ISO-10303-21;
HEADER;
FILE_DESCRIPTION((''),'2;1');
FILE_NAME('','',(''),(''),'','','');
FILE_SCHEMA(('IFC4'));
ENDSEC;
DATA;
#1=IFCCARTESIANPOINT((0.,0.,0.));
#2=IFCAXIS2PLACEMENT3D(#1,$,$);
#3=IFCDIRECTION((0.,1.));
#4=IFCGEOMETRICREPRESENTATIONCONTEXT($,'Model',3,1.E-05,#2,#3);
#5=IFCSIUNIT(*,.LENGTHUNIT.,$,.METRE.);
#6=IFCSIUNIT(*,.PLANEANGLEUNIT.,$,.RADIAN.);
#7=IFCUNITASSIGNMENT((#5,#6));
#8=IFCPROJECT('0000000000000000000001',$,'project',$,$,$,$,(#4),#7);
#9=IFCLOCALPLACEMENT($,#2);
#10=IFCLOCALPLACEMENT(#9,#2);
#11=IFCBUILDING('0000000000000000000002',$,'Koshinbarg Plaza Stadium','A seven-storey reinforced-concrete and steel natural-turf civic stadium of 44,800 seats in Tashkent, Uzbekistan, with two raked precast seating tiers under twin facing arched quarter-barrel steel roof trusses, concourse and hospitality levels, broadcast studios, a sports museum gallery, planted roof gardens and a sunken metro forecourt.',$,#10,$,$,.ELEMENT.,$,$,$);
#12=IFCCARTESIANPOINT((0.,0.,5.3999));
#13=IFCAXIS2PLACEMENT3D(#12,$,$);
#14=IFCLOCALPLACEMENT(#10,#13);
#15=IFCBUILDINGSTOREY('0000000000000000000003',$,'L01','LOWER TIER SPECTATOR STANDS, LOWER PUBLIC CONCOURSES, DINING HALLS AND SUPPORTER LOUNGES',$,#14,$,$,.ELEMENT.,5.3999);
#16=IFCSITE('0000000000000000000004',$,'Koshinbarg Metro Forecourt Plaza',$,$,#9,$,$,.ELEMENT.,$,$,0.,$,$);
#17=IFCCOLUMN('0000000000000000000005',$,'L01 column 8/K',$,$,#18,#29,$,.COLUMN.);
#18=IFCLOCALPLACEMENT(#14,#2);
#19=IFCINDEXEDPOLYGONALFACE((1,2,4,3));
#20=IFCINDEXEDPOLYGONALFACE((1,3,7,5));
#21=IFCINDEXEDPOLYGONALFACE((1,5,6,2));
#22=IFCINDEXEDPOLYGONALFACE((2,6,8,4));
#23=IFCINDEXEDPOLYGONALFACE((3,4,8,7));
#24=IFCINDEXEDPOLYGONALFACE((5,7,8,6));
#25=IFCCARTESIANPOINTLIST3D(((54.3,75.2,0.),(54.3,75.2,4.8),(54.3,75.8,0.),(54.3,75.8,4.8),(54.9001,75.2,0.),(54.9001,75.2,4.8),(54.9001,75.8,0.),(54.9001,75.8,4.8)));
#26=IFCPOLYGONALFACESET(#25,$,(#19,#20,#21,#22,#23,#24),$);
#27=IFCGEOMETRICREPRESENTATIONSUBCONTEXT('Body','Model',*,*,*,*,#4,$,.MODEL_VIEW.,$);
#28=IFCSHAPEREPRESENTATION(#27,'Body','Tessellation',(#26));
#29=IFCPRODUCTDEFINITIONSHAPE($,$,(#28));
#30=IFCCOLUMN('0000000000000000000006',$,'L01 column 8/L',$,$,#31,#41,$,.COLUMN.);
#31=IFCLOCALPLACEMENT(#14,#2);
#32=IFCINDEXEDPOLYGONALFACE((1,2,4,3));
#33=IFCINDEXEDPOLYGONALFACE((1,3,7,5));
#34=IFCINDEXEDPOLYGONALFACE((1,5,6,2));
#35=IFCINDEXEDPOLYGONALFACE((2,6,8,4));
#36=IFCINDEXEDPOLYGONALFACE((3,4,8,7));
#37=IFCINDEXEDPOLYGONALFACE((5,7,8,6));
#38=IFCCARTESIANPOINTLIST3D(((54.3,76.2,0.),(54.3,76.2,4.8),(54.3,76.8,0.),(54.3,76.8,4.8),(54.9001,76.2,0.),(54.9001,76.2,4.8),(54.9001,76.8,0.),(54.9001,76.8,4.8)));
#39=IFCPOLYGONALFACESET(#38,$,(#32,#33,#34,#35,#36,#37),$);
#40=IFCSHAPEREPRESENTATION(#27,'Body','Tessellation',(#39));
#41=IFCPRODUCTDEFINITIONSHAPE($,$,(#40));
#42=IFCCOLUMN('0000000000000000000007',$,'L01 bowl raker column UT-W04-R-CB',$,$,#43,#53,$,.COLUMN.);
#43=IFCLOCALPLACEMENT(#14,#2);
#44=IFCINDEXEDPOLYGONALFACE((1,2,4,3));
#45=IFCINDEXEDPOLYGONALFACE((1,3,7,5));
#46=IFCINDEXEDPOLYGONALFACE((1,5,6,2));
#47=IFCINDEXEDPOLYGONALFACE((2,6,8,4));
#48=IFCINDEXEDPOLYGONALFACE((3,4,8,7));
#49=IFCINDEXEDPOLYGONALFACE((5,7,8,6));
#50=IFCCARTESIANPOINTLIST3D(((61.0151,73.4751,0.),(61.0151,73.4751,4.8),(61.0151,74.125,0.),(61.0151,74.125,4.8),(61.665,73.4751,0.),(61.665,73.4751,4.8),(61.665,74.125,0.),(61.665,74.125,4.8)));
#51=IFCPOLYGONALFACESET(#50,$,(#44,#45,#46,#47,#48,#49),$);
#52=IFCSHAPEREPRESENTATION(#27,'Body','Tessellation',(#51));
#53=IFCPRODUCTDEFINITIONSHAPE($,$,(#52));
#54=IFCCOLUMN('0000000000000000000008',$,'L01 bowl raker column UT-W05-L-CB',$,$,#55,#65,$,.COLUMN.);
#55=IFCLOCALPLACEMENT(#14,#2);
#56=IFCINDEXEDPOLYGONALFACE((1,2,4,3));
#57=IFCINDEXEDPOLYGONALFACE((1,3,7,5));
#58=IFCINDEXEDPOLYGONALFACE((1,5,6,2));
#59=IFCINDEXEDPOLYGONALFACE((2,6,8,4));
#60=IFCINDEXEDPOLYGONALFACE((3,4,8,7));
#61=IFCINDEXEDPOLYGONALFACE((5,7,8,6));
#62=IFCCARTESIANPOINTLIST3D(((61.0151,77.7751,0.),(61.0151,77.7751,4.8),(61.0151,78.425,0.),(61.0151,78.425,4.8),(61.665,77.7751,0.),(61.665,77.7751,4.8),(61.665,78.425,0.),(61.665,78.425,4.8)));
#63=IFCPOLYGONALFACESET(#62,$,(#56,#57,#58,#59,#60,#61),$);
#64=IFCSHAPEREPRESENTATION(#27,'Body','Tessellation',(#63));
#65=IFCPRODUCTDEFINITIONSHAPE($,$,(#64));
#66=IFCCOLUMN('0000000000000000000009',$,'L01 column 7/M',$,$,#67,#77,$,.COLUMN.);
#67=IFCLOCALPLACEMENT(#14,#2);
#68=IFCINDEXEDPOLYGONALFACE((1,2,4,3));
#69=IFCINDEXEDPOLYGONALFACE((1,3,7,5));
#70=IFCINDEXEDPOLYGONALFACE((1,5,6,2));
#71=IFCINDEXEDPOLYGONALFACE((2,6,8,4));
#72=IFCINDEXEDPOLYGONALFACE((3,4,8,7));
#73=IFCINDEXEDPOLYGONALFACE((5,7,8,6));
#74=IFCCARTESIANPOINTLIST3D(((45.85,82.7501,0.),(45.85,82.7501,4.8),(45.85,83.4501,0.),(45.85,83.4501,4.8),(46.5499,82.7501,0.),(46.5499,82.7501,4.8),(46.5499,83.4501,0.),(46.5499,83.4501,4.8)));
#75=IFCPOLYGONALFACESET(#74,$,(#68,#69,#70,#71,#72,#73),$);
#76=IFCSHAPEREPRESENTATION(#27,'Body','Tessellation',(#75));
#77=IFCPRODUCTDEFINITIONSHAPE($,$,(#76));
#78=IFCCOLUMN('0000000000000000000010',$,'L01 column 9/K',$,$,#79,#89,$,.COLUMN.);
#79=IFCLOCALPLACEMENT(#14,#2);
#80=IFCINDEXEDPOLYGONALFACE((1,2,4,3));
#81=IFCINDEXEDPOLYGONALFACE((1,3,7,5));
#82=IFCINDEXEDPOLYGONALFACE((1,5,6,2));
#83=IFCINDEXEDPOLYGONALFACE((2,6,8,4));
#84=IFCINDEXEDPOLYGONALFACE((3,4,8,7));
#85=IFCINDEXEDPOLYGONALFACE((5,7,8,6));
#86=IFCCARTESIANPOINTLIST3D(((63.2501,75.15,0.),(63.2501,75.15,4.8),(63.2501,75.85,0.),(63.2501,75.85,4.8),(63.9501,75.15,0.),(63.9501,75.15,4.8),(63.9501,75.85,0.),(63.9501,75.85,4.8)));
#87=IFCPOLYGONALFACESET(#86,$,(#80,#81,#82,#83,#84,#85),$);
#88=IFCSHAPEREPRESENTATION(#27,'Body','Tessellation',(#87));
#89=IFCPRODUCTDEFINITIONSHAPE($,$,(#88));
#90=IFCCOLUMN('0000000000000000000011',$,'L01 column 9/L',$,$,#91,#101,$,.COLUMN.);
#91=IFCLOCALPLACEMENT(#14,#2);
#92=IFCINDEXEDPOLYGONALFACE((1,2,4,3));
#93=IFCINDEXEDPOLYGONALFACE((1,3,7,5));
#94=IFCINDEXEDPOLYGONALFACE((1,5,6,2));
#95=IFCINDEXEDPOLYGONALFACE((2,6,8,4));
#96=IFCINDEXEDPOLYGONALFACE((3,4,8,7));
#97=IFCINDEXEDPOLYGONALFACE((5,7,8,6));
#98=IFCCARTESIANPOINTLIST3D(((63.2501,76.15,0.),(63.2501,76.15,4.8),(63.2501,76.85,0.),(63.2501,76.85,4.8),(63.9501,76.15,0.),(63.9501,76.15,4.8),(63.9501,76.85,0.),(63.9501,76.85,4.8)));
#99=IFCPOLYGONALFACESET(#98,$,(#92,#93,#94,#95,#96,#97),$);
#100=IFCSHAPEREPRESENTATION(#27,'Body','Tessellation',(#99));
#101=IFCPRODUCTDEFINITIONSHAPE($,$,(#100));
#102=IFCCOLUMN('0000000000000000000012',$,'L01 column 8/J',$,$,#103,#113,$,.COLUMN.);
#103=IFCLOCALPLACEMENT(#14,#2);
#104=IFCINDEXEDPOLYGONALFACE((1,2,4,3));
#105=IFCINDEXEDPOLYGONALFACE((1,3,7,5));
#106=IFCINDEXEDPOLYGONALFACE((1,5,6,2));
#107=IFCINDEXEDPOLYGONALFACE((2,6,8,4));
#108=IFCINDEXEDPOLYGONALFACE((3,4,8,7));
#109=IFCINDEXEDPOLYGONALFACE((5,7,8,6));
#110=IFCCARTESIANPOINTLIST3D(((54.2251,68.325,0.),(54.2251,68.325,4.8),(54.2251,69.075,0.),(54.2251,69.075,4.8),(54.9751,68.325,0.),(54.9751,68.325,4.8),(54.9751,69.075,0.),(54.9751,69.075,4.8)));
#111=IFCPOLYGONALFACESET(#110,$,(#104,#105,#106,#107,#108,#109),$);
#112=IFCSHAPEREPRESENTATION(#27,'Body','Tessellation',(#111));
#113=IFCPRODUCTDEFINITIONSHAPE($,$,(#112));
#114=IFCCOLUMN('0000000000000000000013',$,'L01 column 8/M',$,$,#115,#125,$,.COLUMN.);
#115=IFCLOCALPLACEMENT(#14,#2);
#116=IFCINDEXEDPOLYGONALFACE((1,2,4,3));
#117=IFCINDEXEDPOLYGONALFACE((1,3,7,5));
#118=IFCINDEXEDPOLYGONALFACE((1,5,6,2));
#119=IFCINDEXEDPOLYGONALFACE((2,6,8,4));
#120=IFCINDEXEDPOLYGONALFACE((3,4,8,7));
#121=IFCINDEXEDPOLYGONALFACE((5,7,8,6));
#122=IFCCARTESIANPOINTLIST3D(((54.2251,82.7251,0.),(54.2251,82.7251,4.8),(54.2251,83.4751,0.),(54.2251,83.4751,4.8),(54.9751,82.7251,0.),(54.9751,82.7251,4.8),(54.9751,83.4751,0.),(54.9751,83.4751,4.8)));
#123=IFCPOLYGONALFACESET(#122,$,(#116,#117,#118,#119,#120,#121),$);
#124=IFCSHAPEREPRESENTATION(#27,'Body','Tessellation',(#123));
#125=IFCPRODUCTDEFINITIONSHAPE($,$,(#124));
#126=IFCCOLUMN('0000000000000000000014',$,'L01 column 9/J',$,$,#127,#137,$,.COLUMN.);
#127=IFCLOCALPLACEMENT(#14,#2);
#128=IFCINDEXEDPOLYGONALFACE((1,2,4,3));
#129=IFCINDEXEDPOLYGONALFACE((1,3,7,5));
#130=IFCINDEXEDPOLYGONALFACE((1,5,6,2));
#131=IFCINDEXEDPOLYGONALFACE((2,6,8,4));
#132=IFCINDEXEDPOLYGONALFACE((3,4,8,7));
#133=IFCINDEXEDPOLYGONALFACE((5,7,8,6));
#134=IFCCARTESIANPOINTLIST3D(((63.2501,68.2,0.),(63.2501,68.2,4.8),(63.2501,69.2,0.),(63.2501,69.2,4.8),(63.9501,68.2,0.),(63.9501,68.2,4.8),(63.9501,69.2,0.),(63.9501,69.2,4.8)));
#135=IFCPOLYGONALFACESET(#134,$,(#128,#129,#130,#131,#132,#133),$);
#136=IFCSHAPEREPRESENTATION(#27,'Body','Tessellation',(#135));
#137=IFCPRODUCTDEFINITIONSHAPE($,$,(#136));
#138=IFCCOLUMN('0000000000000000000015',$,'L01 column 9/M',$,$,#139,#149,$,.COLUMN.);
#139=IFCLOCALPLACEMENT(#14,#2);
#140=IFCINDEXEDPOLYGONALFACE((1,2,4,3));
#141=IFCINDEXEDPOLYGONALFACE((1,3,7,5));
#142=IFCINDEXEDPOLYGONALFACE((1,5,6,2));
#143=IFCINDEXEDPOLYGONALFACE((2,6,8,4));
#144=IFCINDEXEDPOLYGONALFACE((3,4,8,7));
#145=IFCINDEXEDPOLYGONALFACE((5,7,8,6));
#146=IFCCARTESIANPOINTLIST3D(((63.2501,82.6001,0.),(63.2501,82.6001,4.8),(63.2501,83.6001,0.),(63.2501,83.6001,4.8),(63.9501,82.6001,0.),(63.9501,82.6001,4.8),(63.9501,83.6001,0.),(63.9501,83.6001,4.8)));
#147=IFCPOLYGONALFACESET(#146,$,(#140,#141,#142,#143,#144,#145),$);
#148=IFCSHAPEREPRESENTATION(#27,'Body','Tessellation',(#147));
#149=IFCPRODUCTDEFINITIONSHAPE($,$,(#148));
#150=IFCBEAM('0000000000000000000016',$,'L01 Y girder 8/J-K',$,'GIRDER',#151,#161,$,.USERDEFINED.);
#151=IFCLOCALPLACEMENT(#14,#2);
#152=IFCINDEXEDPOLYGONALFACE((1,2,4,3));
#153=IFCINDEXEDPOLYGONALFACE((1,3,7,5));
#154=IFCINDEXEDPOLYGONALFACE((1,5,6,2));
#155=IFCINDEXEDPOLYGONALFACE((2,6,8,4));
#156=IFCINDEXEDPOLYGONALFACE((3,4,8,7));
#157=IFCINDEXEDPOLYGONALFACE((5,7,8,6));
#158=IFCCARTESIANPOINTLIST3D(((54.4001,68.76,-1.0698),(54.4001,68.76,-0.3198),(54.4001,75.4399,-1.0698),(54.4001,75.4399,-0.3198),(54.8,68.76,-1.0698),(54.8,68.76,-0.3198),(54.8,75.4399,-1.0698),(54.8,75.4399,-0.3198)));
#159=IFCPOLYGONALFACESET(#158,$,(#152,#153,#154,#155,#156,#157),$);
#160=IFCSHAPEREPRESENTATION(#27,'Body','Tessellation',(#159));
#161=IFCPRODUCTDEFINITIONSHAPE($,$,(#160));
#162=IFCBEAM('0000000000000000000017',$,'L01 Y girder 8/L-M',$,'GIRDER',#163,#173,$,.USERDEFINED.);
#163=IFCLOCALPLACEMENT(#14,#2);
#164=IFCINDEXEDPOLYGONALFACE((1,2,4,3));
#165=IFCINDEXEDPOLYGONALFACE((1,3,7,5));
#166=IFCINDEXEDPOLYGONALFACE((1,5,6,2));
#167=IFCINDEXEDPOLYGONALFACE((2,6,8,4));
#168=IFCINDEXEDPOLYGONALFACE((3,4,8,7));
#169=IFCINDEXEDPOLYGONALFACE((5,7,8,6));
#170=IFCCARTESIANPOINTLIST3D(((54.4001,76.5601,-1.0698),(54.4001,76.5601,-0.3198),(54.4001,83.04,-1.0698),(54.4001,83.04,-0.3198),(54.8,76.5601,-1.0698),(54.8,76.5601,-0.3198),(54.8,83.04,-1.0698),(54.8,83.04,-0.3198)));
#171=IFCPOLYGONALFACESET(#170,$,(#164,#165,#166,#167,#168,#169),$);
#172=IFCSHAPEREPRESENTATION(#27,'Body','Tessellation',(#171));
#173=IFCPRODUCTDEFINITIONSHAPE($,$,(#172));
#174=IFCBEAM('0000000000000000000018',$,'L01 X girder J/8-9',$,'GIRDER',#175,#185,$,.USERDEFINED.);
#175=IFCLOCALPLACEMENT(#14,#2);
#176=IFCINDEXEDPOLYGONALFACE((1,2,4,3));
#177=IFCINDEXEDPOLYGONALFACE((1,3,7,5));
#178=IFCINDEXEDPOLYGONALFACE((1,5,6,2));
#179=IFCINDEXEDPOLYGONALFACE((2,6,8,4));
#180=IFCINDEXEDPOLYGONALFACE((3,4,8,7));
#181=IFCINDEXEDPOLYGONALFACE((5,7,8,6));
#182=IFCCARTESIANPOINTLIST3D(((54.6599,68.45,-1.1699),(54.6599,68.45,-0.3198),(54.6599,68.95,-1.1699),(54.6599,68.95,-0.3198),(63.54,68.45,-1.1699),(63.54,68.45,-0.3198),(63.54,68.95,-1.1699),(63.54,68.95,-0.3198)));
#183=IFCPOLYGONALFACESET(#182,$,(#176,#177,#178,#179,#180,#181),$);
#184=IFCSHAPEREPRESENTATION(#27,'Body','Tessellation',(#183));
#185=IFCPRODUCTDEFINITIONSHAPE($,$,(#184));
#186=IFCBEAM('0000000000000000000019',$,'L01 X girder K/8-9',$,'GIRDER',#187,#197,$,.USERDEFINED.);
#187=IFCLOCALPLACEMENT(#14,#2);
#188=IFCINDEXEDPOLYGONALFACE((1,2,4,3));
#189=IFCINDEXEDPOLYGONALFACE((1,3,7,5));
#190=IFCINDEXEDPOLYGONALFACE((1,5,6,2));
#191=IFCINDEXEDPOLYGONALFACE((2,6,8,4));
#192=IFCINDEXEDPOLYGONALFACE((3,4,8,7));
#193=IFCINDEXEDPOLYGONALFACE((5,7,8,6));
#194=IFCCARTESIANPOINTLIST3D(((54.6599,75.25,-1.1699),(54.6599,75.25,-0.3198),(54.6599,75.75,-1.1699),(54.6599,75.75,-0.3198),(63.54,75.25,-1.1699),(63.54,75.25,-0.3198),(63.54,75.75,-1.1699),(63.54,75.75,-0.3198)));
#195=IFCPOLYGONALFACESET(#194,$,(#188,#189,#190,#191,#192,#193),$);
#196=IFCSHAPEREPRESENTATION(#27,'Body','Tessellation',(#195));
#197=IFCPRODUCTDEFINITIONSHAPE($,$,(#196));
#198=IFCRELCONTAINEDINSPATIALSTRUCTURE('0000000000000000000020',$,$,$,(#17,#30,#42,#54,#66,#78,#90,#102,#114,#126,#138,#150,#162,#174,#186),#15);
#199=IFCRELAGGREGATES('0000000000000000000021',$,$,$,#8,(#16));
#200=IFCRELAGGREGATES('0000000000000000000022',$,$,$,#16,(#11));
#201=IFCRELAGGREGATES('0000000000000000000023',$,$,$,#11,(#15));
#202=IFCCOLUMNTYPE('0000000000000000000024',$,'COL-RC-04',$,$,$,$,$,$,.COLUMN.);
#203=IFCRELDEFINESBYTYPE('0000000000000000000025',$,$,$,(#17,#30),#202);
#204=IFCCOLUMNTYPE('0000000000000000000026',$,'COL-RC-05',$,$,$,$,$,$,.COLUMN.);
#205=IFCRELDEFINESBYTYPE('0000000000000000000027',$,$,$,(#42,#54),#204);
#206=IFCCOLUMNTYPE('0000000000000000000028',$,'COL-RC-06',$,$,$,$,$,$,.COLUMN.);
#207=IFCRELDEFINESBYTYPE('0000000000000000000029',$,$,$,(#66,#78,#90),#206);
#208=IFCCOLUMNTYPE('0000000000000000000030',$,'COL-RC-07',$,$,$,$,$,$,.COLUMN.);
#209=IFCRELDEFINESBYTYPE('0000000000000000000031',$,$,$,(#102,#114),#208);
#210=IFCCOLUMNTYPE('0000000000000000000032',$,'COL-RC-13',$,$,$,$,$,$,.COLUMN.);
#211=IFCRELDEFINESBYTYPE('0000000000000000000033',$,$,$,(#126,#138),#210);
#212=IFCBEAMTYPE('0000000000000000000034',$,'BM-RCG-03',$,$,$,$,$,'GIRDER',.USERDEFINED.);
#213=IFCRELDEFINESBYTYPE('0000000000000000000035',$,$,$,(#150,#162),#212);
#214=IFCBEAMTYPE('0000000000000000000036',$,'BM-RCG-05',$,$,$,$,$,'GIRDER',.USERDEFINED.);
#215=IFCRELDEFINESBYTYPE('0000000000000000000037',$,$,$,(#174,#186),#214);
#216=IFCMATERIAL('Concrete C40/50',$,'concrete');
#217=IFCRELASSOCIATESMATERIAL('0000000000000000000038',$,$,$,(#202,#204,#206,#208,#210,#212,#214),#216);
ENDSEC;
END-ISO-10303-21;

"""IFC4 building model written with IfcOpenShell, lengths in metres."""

from ifc_helpers import new_model, si_unit, direction, frame, origin, origin_2d, place, context, subcontext, project, spatial, rectangle, extrude, material, material_profile, profile_set, type_object, element, save


model = new_model("IFC4")

# Units and contexts
model_context = context("Model", 3, precision=1e-05, world=origin(), true_north=direction((0.0, 1.0)))
body_context = subcontext(model_context, "Body", "Model", "MODEL_VIEW")
ifc_project = project(units=[si_unit("LENGTHUNIT", "METRE"), si_unit("PLANEANGLEUNIT", "RADIAN")], contexts=[model_context])

# Site, building, storey
site_placement = place(None, origin())
site = spatial("IfcSite", under=ifc_project, at=site_placement, Name="Koshinbarg Metro Forecourt Plaza", CompositionType="ELEMENT", RefElevation=0.0)
building_placement = place(site_placement, origin())
building = spatial("IfcBuilding", under=site, at=building_placement, Name="Koshinbarg Plaza Stadium", Description="A seven-storey reinforced-concrete and steel natural-turf civic stadium of 44,800 seats in Tashkent, Uzbekistan, with two raked precast seating tiers under twin facing arched quarter-barrel steel roof trusses, concourse and hospitality levels, broadcast studios, a sports museum gallery, planted roof gardens and a sunken metro forecourt.", CompositionType="ELEMENT")
storey_placement = place(building_placement, frame((0.0, 0.0, 5.3999)))
storey = spatial("IfcBuildingStorey", under=building, at=storey_placement, Name="L01", Description="LOWER TIER SPECTATOR STANDS, LOWER PUBLIC CONCOURSES, DINING HALLS AND SUPPORTER LOUNGES", CompositionType="ELEMENT", Elevation=5.3999)

# Columns
ifc_material_1 = material(Name="Concrete C40/50", Category="concrete")
ifc_material_profile_1 = material_profile(ifc_material_1, rectangle(XDim=0.6001, YDim=0.6001, at=origin_2d()), Name="RC 600x600")
ifc_profile_set_1 = profile_set([ifc_material_profile_1], Name="Concrete C40/50")
column_type_1 = type_object("IfcColumnType", Name="COL-RC-04", PredefinedType="COLUMN", material=ifc_profile_set_1)
for number, where, z_axis, x_axis, name in (
    (1, (54.6001, 75.5, 0.0), (0.0, 0.0, 1.0), (1.0, 0.0, 0.0), "L01 column 8/K"),
    (2, (54.6001, 76.5, 0.0), (0.0, 0.0, 1.0), (1.0, 0.0, 0.0), "L01 column 8/L"),
):
    element("IfcColumn", number, at=place(storey_placement, frame(where, z_axis=z_axis, x_axis=x_axis)), inside=storey, type_object=column_type_1, Name=name, PredefinedType="COLUMN", context=body_context, shape_type="SweptSolid", body=[
        extrude(rectangle(XDim=0.6001, YDim=0.6001, at=origin_2d()), origin(), (0.0, 0.0, 1.0), 4.8),
    ])
ifc_material_profile_2 = material_profile(ifc_material_1, rectangle(XDim=0.6499, YDim=0.6499, at=origin_2d()), Name="RC 650x650")
ifc_profile_set_2 = profile_set([ifc_material_profile_2], Name="Concrete C40/50")
column_type_2 = type_object("IfcColumnType", Name="COL-RC-05", PredefinedType="COLUMN", material=ifc_profile_set_2)
for number, where, z_axis, x_axis, name in (
    (3, (61.3401, 73.8, 0.0), (0.0, 0.0, 1.0), (1.0, 0.0, 0.0), "L01 bowl raker column UT-W04-R-CB"),
    (4, (61.3401, 78.1001, 0.0), (0.0, 0.0, 1.0), (1.0, 0.0, 0.0), "L01 bowl raker column UT-W05-L-CB"),
):
    element("IfcColumn", number, at=place(storey_placement, frame(where, z_axis=z_axis, x_axis=x_axis)), inside=storey, type_object=column_type_2, Name=name, PredefinedType="COLUMN", context=body_context, shape_type="SweptSolid", body=[
        extrude(rectangle(XDim=0.6499, YDim=0.6499, at=origin_2d()), origin(), (0.0, 0.0, 1.0), 4.8),
    ])
ifc_material_profile_3 = material_profile(ifc_material_1, rectangle(XDim=0.7, YDim=0.7, at=origin_2d()), Name="RC 700x700")
ifc_profile_set_3 = profile_set([ifc_material_profile_3], Name="Concrete C40/50")
column_type_3 = type_object("IfcColumnType", Name="COL-RC-06", PredefinedType="COLUMN", material=ifc_profile_set_3)
for number, where, z_axis, x_axis, name in (
    (5, (46.2, 83.1001, 0.0), (0.0, 0.0, 1.0), (1.0, 0.0, 0.0), "L01 column 7/M"),
    (6, (63.6001, 75.5, 0.0), (0.0, 0.0, 1.0), (1.0, 0.0, 0.0), "L01 column 9/K"),
    (7, (63.6001, 76.5, 0.0), (0.0, 0.0, 1.0), (1.0, 0.0, 0.0), "L01 column 9/L"),
):
    element("IfcColumn", number, at=place(storey_placement, frame(where, z_axis=z_axis, x_axis=x_axis)), inside=storey, type_object=column_type_3, Name=name, PredefinedType="COLUMN", context=body_context, shape_type="SweptSolid", body=[
        extrude(rectangle(XDim=0.7, YDim=0.7, at=origin_2d()), origin(), (0.0, 0.0, 1.0), 4.8),
    ])
ifc_material_profile_4 = material_profile(ifc_material_1, rectangle(XDim=0.75, YDim=0.75, at=origin_2d()), Name="RC 750x750")
ifc_profile_set_4 = profile_set([ifc_material_profile_4], Name="Concrete C40/50")
column_type_4 = type_object("IfcColumnType", Name="COL-RC-07", PredefinedType="COLUMN", material=ifc_profile_set_4)
for number, where, z_axis, x_axis, name in (
    (8, (54.6001, 68.7, 0.0), (0.0, 0.0, 1.0), (1.0, 0.0, 0.0), "L01 column 8/J"),
    (9, (54.6001, 83.1001, 0.0), (0.0, 0.0, 1.0), (1.0, 0.0, 0.0), "L01 column 8/M"),
):
    element("IfcColumn", number, at=place(storey_placement, frame(where, z_axis=z_axis, x_axis=x_axis)), inside=storey, type_object=column_type_4, Name=name, PredefinedType="COLUMN", context=body_context, shape_type="SweptSolid", body=[
        extrude(rectangle(XDim=0.75, YDim=0.75, at=origin_2d()), origin(), (0.0, 0.0, 1.0), 4.8),
    ])
ifc_material_profile_5 = material_profile(ifc_material_1, rectangle(XDim=0.7, YDim=1.0, at=origin_2d()), Name="RC 700x1000")
ifc_profile_set_5 = profile_set([ifc_material_profile_5], Name="Concrete C40/50")
column_type_5 = type_object("IfcColumnType", Name="COL-RC-13", PredefinedType="COLUMN", material=ifc_profile_set_5)
for number, where, z_axis, x_axis, name in (
    (10, (63.6001, 68.7, 0.0), (0.0, 0.0, 1.0), (1.0, 0.0, 0.0), "L01 column 9/J"),
    (11, (63.6001, 83.1001, 0.0), (0.0, 0.0, 1.0), (1.0, 0.0, 0.0), "L01 column 9/M"),
):
    element("IfcColumn", number, at=place(storey_placement, frame(where, z_axis=z_axis, x_axis=x_axis)), inside=storey, type_object=column_type_5, Name=name, PredefinedType="COLUMN", context=body_context, shape_type="SweptSolid", body=[
        extrude(rectangle(XDim=0.7, YDim=1.0, at=origin_2d()), origin(), (0.0, 0.0, 1.0), 4.8),
    ])

# Beams
ifc_material_profile_6 = material_profile(ifc_material_1, rectangle(XDim=0.3999, YDim=0.75, at=origin_2d()), Name="RC 400x750")
ifc_profile_set_6 = profile_set([ifc_material_profile_6], Name="Concrete C40/50")
beam_type_1 = type_object("IfcBeamType", Name="BM-RCG-03", ElementType="GIRDER", PredefinedType="USERDEFINED", material=ifc_profile_set_6)
beam_1_placement = place(storey_placement, frame((54.6001, 68.76, -0.6948), z_axis=(0.0, 1.0, 0.0), x_axis=(-1.0, 0.0, 0.0)))
element("IfcBeam", 12, at=beam_1_placement, inside=storey, type_object=beam_type_1, Name="L01 Y girder 8/J-K", ObjectType="GIRDER", PredefinedType="USERDEFINED", context=body_context, shape_type="SweptSolid", body=[
    extrude(rectangle(XDim=0.3999, YDim=0.75, at=origin_2d()), origin(), (0.0, 0.0, 1.0), 6.6799),
])
beam_2_placement = place(storey_placement, frame((54.6001, 76.5601, -0.6948), z_axis=(0.0, 1.0, 0.0), x_axis=(-1.0, 0.0, 0.0)))
element("IfcBeam", 13, at=beam_2_placement, inside=storey, type_object=beam_type_1, Name="L01 Y girder 8/L-M", ObjectType="GIRDER", PredefinedType="USERDEFINED", context=body_context, shape_type="SweptSolid", body=[
    extrude(rectangle(XDim=0.3999, YDim=0.75, at=origin_2d()), origin(), (0.0, 0.0, 1.0), 6.48),
])
ifc_material_profile_7 = material_profile(ifc_material_1, rectangle(XDim=0.5, YDim=0.8501, at=origin_2d()), Name="RC 500x850")
ifc_profile_set_7 = profile_set([ifc_material_profile_7], Name="Concrete C40/50")
beam_type_2 = type_object("IfcBeamType", Name="BM-RCG-05", ElementType="GIRDER", PredefinedType="USERDEFINED", material=ifc_profile_set_7)
for number, where, z_axis, x_axis, name in (
    (14, (54.6599, 68.7, -0.7449), (1.0, 0.0, 0.0), (0.0, 1.0, 0.0), "L01 X girder J/8-9"),
    (15, (54.6599, 75.5, -0.7449), (1.0, 0.0, 0.0), (0.0, 1.0, 0.0), "L01 X girder K/8-9"),
):
    element("IfcBeam", number, at=place(storey_placement, frame(where, z_axis=z_axis, x_axis=x_axis)), inside=storey, type_object=beam_type_2, Name=name, ObjectType="GIRDER", PredefinedType="USERDEFINED", context=body_context, shape_type="SweptSolid", body=[
        extrude(rectangle(XDim=0.5, YDim=0.8501, at=origin_2d()), origin(), (0.0, 0.0, 1.0), 8.8801),
    ])

save(model, "model.ifc")
